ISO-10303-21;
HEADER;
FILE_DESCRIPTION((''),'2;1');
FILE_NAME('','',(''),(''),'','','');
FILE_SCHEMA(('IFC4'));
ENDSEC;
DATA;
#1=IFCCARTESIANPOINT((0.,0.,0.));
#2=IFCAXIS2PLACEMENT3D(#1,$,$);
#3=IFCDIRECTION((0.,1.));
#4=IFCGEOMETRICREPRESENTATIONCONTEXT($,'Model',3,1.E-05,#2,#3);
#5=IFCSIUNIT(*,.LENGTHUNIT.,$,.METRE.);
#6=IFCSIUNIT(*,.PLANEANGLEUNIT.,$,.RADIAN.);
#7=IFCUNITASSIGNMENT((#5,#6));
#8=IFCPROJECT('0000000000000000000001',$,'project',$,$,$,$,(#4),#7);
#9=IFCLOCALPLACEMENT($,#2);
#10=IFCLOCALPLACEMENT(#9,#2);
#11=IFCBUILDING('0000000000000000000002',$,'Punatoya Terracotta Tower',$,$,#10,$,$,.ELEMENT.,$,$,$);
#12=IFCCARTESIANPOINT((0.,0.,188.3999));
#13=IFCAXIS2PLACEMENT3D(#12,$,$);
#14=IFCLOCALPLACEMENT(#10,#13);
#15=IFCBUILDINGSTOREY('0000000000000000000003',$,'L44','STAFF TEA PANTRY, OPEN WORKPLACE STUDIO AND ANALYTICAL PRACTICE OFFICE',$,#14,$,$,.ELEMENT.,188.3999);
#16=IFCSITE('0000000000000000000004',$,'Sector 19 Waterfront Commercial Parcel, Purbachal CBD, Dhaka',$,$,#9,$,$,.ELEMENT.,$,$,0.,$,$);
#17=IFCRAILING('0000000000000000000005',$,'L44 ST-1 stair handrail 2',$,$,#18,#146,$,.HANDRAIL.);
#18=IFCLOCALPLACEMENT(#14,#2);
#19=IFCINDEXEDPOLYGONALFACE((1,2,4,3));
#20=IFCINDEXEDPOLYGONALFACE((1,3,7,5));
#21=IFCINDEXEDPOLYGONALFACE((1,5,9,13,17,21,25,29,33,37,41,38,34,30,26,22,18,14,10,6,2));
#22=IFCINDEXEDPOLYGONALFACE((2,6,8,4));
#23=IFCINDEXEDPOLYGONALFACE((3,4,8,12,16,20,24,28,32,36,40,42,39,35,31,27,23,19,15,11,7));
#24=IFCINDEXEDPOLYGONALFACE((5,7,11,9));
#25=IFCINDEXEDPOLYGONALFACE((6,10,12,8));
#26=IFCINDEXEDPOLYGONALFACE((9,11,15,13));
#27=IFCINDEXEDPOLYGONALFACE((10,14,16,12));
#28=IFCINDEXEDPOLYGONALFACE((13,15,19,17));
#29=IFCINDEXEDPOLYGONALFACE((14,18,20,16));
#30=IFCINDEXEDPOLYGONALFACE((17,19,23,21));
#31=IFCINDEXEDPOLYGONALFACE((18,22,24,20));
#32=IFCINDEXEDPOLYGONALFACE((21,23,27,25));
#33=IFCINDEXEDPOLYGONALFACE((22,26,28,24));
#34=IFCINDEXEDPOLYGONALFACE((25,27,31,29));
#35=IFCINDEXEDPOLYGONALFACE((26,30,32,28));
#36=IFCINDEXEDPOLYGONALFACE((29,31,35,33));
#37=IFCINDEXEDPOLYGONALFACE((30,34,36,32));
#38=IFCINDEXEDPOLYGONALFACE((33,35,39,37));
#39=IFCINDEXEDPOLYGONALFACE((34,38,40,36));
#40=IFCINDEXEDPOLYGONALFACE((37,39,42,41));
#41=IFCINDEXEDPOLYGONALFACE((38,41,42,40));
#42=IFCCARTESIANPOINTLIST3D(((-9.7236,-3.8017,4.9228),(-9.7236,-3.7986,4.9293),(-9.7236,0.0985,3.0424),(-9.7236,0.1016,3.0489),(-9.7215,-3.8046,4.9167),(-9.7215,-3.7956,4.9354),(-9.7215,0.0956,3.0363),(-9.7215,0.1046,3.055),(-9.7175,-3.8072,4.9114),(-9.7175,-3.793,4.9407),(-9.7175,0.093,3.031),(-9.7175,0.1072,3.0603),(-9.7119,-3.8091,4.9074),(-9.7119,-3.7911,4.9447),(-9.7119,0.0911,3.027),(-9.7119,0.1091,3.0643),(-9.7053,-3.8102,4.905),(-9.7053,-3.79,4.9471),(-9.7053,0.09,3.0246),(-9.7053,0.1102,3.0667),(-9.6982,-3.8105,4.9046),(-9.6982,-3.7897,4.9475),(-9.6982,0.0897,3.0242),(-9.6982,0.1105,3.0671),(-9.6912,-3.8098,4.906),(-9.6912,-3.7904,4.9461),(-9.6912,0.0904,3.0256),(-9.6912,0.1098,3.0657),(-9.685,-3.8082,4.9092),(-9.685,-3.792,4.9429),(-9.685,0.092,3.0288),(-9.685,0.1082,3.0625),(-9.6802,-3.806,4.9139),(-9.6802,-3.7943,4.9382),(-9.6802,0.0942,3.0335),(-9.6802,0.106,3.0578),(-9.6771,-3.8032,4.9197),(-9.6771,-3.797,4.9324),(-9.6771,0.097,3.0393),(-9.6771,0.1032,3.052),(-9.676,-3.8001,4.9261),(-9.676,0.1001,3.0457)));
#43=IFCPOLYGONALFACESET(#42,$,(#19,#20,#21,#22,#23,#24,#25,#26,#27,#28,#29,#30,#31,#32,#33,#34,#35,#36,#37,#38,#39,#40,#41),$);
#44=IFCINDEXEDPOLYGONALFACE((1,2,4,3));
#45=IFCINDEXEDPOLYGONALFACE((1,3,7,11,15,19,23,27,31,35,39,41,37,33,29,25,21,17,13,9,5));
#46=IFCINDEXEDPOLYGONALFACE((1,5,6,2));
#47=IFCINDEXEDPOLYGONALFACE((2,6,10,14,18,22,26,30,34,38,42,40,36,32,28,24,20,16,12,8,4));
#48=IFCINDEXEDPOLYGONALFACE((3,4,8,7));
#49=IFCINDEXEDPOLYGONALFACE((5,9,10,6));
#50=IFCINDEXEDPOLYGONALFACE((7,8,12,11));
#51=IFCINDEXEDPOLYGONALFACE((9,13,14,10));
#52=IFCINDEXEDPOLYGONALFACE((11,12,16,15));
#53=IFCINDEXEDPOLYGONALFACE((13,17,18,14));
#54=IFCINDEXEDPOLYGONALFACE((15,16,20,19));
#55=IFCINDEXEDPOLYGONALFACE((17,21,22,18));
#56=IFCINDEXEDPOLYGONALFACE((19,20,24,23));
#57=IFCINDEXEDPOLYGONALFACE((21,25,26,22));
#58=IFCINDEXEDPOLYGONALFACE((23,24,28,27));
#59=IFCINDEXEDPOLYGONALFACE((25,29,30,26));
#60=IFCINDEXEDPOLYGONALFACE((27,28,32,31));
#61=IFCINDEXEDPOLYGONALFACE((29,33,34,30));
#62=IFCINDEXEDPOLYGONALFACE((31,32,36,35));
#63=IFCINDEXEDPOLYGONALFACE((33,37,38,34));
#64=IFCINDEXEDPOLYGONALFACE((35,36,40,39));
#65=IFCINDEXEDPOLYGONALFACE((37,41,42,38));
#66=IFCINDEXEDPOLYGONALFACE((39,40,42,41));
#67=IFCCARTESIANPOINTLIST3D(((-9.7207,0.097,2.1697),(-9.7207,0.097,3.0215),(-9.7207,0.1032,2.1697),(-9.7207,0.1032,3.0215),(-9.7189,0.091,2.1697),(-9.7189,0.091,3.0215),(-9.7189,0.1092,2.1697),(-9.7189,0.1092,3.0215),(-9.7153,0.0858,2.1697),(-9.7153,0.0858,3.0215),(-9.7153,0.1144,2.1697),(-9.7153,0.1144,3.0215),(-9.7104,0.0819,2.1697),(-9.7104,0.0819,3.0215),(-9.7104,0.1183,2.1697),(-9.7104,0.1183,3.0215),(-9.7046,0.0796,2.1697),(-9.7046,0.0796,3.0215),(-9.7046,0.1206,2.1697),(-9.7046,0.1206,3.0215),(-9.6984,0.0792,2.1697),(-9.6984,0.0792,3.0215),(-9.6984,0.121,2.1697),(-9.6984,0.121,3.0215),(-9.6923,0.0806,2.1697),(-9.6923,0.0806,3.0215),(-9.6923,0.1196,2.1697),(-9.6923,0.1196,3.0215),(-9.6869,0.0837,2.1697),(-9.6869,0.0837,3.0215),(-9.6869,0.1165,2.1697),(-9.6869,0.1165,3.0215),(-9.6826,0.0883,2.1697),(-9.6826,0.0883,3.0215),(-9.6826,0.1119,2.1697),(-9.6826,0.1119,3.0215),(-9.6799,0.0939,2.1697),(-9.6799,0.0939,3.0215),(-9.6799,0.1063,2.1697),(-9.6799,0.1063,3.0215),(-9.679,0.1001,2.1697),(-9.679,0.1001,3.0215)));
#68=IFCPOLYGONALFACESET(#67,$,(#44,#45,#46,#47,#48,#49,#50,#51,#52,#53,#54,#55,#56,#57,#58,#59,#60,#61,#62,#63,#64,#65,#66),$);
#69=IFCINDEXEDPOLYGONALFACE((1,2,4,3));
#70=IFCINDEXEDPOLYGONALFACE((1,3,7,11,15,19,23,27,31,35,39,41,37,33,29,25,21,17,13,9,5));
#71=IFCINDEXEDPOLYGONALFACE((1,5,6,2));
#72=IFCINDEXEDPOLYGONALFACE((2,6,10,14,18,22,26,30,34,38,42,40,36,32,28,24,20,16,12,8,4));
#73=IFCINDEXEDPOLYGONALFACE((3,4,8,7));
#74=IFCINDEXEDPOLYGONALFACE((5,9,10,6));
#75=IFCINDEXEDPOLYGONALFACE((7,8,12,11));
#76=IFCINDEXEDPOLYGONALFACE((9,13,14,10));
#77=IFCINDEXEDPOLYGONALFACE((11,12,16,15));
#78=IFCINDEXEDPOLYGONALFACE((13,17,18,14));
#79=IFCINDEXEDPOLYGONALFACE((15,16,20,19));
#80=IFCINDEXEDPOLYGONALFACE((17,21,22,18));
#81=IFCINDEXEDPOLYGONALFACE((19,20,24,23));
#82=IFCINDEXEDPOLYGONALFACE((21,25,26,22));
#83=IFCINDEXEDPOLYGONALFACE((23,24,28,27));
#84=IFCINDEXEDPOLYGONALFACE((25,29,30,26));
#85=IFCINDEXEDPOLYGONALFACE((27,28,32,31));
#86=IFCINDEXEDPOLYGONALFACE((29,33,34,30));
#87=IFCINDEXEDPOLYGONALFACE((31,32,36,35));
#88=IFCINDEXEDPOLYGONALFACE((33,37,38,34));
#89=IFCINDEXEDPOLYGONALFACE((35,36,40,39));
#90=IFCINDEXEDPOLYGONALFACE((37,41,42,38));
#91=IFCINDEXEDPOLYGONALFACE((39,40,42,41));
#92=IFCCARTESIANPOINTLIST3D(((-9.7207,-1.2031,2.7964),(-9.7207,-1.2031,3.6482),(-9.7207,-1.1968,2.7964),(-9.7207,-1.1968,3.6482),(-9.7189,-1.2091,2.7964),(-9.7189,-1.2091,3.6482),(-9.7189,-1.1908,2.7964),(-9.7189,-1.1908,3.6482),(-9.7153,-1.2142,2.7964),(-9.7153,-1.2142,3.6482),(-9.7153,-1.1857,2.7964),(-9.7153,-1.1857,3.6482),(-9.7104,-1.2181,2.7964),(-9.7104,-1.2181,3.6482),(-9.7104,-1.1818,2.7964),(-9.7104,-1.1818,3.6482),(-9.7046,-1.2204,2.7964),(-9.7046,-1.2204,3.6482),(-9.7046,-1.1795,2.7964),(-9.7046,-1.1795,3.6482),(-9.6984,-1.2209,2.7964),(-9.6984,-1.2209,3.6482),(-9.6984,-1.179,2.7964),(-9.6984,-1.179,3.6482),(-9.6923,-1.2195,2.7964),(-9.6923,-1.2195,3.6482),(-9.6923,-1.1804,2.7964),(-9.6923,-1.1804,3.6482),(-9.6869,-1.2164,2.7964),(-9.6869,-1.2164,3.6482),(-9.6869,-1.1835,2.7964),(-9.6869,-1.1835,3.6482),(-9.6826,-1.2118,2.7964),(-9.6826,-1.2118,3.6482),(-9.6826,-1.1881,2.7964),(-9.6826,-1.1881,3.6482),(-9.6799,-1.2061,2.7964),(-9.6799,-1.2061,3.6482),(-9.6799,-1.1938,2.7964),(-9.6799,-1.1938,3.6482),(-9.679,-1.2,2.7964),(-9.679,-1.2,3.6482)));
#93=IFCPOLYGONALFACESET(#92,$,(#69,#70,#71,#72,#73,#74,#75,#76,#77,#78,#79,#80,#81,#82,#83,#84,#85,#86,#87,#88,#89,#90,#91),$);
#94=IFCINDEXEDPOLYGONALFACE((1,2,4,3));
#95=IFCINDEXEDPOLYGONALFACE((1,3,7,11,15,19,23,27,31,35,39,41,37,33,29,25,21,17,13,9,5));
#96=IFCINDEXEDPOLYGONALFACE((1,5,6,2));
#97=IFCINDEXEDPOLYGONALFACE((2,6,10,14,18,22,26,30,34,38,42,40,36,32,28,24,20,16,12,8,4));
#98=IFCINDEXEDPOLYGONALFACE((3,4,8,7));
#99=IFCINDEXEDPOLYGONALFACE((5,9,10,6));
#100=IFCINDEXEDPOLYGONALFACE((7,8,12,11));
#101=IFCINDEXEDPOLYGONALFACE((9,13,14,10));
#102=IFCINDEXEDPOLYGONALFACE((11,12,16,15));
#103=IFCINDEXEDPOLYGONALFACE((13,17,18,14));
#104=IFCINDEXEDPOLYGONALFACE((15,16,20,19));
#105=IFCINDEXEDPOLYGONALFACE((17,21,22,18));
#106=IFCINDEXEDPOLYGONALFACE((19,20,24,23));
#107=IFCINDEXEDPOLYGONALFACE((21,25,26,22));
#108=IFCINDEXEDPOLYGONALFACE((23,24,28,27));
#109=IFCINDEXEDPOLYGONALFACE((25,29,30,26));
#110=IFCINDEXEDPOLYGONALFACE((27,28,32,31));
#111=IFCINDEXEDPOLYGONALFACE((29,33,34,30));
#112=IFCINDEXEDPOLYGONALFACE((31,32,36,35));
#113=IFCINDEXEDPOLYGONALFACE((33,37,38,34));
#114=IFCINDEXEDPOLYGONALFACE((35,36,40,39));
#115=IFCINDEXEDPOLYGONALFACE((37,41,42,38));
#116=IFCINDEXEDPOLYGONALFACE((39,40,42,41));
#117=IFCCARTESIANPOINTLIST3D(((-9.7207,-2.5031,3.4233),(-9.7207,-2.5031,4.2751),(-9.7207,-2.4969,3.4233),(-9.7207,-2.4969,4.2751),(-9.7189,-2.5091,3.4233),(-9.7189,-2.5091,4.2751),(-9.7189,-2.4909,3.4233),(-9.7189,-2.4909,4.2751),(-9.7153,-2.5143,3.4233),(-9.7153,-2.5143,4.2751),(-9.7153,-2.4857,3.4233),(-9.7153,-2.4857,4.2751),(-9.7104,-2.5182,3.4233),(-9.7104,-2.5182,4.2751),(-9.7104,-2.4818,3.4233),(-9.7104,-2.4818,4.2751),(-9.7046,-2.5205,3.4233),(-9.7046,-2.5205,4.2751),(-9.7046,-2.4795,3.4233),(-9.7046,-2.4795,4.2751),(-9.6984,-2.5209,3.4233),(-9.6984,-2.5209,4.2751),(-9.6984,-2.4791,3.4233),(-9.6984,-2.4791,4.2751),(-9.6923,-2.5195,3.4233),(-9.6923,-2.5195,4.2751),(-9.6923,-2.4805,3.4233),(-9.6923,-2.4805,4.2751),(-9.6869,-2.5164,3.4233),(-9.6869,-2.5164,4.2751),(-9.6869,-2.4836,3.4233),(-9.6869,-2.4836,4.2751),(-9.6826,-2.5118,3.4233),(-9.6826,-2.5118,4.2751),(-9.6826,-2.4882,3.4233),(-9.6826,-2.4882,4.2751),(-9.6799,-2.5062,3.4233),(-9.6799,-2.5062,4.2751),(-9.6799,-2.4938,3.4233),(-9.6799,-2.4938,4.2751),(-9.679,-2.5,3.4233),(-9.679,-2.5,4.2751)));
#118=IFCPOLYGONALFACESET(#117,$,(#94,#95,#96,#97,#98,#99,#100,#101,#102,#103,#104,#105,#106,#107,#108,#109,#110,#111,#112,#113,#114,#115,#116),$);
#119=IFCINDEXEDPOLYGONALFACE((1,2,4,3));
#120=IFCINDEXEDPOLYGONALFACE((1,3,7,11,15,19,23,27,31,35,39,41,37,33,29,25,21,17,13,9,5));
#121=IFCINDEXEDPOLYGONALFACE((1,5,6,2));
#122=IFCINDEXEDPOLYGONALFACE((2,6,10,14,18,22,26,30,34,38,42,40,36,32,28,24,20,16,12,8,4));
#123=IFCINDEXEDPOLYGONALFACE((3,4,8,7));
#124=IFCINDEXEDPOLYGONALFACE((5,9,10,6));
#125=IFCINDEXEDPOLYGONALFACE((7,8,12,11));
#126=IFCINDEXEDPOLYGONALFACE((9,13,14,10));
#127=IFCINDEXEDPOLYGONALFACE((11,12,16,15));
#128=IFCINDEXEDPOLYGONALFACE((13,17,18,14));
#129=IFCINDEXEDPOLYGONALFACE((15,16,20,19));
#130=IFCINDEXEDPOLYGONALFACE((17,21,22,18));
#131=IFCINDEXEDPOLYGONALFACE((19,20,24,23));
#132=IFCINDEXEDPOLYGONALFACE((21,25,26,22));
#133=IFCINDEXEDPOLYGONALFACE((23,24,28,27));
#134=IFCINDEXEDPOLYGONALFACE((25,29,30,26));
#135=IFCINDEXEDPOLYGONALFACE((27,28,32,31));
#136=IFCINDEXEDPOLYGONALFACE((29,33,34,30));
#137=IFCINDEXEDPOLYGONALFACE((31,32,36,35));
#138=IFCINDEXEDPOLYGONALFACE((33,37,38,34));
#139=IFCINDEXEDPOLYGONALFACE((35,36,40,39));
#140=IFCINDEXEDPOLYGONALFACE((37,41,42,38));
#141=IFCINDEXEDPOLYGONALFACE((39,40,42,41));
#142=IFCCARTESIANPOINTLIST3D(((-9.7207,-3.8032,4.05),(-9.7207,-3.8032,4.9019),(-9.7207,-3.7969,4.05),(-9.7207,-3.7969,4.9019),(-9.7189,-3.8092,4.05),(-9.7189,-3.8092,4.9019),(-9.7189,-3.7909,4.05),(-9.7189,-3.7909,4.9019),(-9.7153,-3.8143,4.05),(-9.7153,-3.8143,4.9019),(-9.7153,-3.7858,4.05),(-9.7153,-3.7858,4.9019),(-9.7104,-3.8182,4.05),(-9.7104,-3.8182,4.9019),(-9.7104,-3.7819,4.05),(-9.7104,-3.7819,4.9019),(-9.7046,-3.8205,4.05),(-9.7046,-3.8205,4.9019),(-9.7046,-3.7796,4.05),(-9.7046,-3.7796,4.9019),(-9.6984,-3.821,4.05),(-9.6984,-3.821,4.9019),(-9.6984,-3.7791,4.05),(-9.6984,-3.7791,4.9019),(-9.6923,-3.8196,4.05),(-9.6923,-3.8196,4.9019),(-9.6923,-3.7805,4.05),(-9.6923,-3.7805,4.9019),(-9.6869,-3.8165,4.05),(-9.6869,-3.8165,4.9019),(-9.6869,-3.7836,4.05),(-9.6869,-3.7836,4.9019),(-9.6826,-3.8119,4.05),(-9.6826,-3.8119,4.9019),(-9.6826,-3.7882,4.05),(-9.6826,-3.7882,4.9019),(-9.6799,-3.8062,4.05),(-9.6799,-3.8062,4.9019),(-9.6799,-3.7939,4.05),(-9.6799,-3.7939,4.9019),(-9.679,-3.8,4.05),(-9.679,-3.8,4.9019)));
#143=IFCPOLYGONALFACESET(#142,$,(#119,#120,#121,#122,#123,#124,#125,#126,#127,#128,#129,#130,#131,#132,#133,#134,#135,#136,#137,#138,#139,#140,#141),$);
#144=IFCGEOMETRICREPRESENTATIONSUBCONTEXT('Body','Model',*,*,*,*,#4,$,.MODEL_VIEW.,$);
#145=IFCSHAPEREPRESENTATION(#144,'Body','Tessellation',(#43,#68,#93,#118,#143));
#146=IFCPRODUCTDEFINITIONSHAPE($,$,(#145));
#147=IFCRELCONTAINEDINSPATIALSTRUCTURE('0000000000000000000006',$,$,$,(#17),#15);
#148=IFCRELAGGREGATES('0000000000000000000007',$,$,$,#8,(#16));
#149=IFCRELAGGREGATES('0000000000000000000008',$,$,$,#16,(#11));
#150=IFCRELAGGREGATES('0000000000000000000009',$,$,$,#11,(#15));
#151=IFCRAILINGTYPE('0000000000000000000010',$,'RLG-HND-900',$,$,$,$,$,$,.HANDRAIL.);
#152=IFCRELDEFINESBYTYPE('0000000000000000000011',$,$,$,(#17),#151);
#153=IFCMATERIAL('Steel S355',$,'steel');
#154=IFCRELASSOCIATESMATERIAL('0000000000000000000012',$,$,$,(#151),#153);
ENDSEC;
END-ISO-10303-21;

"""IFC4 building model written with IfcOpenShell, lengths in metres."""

from ifc_helpers import new_model, si_unit, direction, frame, origin, origin_2d, place, context, subcontext, project, spatial, circle, extrude, material, type_object, element, save


model = new_model("IFC4")

# Units and contexts
model_context = context("Model", 3, precision=1e-05, world=origin(), true_north=direction((0.0, 1.0)))
body_context = subcontext(model_context, "Body", "Model", "MODEL_VIEW")
ifc_project = project(units=[si_unit("LENGTHUNIT", "METRE"), si_unit("PLANEANGLEUNIT", "RADIAN")], contexts=[model_context])

# Site, building, storey
site_placement = place(None, origin())
site = spatial("IfcSite", under=ifc_project, at=site_placement, Name="Sector 19 Waterfront Commercial Parcel, Purbachal CBD, Dhaka", CompositionType="ELEMENT", RefElevation=0.0)
building_placement = place(site_placement, origin())
building = spatial("IfcBuilding", under=site, at=building_placement, Name="Punatoya Terracotta Tower", CompositionType="ELEMENT")
storey_placement = place(building_placement, frame((0.0, 0.0, 188.3999)))
storey = spatial("IfcBuildingStorey", under=building, at=storey_placement, Name="L44", Description="STAFF TEA PANTRY, OPEN WORKPLACE STUDIO AND ANALYTICAL PRACTICE OFFICE", CompositionType="ELEMENT", Elevation=188.3999)

# Shared definitions
ifc_material_1 = material(Name="Steel S355", Category="steel")

# Railing
railing_type_1 = type_object("IfcRailingType", Name="RLG-HND-900", PredefinedType="HANDRAIL", material=ifc_material_1)
railing_1_placement = place(storey_placement, frame((-9.7, 0.1001, 2.1697)))
element("IfcRailing", 1, at=railing_1_placement, inside=storey, type_object=railing_type_1, Name="L44 ST-1 stair handrail 2", PredefinedType="HANDRAIL", context=body_context, shape_type="SweptSolid", body=[
    extrude(circle(Radius=0.0239, at=origin_2d()), frame((0.0, 0.0, 0.876), z_axis=(0.0, -0.900774, 0.434289), x_axis=(1.0, 0.0, 0.0)), (0.0, 0.0, 1.0), 4.3298),
    extrude(circle(Radius=0.021, at=origin_2d()), origin(), (0.0, 0.0, 1.0), 0.8518),
    extrude(circle(Radius=0.021, at=origin_2d()), frame((0.0, -1.3, 0.6267)), (0.0, 0.0, 1.0), 0.8518),
    extrude(circle(Radius=0.021, at=origin_2d()), frame((0.0, -2.6001, 1.2537)), (0.0, 0.0, 1.0), 0.8518),
    extrude(circle(Radius=0.021, at=origin_2d()), frame((0.0, -3.9001, 1.8804)), (0.0, 0.0, 1.0), 0.8518),
])

save(model, "model.ifc")
